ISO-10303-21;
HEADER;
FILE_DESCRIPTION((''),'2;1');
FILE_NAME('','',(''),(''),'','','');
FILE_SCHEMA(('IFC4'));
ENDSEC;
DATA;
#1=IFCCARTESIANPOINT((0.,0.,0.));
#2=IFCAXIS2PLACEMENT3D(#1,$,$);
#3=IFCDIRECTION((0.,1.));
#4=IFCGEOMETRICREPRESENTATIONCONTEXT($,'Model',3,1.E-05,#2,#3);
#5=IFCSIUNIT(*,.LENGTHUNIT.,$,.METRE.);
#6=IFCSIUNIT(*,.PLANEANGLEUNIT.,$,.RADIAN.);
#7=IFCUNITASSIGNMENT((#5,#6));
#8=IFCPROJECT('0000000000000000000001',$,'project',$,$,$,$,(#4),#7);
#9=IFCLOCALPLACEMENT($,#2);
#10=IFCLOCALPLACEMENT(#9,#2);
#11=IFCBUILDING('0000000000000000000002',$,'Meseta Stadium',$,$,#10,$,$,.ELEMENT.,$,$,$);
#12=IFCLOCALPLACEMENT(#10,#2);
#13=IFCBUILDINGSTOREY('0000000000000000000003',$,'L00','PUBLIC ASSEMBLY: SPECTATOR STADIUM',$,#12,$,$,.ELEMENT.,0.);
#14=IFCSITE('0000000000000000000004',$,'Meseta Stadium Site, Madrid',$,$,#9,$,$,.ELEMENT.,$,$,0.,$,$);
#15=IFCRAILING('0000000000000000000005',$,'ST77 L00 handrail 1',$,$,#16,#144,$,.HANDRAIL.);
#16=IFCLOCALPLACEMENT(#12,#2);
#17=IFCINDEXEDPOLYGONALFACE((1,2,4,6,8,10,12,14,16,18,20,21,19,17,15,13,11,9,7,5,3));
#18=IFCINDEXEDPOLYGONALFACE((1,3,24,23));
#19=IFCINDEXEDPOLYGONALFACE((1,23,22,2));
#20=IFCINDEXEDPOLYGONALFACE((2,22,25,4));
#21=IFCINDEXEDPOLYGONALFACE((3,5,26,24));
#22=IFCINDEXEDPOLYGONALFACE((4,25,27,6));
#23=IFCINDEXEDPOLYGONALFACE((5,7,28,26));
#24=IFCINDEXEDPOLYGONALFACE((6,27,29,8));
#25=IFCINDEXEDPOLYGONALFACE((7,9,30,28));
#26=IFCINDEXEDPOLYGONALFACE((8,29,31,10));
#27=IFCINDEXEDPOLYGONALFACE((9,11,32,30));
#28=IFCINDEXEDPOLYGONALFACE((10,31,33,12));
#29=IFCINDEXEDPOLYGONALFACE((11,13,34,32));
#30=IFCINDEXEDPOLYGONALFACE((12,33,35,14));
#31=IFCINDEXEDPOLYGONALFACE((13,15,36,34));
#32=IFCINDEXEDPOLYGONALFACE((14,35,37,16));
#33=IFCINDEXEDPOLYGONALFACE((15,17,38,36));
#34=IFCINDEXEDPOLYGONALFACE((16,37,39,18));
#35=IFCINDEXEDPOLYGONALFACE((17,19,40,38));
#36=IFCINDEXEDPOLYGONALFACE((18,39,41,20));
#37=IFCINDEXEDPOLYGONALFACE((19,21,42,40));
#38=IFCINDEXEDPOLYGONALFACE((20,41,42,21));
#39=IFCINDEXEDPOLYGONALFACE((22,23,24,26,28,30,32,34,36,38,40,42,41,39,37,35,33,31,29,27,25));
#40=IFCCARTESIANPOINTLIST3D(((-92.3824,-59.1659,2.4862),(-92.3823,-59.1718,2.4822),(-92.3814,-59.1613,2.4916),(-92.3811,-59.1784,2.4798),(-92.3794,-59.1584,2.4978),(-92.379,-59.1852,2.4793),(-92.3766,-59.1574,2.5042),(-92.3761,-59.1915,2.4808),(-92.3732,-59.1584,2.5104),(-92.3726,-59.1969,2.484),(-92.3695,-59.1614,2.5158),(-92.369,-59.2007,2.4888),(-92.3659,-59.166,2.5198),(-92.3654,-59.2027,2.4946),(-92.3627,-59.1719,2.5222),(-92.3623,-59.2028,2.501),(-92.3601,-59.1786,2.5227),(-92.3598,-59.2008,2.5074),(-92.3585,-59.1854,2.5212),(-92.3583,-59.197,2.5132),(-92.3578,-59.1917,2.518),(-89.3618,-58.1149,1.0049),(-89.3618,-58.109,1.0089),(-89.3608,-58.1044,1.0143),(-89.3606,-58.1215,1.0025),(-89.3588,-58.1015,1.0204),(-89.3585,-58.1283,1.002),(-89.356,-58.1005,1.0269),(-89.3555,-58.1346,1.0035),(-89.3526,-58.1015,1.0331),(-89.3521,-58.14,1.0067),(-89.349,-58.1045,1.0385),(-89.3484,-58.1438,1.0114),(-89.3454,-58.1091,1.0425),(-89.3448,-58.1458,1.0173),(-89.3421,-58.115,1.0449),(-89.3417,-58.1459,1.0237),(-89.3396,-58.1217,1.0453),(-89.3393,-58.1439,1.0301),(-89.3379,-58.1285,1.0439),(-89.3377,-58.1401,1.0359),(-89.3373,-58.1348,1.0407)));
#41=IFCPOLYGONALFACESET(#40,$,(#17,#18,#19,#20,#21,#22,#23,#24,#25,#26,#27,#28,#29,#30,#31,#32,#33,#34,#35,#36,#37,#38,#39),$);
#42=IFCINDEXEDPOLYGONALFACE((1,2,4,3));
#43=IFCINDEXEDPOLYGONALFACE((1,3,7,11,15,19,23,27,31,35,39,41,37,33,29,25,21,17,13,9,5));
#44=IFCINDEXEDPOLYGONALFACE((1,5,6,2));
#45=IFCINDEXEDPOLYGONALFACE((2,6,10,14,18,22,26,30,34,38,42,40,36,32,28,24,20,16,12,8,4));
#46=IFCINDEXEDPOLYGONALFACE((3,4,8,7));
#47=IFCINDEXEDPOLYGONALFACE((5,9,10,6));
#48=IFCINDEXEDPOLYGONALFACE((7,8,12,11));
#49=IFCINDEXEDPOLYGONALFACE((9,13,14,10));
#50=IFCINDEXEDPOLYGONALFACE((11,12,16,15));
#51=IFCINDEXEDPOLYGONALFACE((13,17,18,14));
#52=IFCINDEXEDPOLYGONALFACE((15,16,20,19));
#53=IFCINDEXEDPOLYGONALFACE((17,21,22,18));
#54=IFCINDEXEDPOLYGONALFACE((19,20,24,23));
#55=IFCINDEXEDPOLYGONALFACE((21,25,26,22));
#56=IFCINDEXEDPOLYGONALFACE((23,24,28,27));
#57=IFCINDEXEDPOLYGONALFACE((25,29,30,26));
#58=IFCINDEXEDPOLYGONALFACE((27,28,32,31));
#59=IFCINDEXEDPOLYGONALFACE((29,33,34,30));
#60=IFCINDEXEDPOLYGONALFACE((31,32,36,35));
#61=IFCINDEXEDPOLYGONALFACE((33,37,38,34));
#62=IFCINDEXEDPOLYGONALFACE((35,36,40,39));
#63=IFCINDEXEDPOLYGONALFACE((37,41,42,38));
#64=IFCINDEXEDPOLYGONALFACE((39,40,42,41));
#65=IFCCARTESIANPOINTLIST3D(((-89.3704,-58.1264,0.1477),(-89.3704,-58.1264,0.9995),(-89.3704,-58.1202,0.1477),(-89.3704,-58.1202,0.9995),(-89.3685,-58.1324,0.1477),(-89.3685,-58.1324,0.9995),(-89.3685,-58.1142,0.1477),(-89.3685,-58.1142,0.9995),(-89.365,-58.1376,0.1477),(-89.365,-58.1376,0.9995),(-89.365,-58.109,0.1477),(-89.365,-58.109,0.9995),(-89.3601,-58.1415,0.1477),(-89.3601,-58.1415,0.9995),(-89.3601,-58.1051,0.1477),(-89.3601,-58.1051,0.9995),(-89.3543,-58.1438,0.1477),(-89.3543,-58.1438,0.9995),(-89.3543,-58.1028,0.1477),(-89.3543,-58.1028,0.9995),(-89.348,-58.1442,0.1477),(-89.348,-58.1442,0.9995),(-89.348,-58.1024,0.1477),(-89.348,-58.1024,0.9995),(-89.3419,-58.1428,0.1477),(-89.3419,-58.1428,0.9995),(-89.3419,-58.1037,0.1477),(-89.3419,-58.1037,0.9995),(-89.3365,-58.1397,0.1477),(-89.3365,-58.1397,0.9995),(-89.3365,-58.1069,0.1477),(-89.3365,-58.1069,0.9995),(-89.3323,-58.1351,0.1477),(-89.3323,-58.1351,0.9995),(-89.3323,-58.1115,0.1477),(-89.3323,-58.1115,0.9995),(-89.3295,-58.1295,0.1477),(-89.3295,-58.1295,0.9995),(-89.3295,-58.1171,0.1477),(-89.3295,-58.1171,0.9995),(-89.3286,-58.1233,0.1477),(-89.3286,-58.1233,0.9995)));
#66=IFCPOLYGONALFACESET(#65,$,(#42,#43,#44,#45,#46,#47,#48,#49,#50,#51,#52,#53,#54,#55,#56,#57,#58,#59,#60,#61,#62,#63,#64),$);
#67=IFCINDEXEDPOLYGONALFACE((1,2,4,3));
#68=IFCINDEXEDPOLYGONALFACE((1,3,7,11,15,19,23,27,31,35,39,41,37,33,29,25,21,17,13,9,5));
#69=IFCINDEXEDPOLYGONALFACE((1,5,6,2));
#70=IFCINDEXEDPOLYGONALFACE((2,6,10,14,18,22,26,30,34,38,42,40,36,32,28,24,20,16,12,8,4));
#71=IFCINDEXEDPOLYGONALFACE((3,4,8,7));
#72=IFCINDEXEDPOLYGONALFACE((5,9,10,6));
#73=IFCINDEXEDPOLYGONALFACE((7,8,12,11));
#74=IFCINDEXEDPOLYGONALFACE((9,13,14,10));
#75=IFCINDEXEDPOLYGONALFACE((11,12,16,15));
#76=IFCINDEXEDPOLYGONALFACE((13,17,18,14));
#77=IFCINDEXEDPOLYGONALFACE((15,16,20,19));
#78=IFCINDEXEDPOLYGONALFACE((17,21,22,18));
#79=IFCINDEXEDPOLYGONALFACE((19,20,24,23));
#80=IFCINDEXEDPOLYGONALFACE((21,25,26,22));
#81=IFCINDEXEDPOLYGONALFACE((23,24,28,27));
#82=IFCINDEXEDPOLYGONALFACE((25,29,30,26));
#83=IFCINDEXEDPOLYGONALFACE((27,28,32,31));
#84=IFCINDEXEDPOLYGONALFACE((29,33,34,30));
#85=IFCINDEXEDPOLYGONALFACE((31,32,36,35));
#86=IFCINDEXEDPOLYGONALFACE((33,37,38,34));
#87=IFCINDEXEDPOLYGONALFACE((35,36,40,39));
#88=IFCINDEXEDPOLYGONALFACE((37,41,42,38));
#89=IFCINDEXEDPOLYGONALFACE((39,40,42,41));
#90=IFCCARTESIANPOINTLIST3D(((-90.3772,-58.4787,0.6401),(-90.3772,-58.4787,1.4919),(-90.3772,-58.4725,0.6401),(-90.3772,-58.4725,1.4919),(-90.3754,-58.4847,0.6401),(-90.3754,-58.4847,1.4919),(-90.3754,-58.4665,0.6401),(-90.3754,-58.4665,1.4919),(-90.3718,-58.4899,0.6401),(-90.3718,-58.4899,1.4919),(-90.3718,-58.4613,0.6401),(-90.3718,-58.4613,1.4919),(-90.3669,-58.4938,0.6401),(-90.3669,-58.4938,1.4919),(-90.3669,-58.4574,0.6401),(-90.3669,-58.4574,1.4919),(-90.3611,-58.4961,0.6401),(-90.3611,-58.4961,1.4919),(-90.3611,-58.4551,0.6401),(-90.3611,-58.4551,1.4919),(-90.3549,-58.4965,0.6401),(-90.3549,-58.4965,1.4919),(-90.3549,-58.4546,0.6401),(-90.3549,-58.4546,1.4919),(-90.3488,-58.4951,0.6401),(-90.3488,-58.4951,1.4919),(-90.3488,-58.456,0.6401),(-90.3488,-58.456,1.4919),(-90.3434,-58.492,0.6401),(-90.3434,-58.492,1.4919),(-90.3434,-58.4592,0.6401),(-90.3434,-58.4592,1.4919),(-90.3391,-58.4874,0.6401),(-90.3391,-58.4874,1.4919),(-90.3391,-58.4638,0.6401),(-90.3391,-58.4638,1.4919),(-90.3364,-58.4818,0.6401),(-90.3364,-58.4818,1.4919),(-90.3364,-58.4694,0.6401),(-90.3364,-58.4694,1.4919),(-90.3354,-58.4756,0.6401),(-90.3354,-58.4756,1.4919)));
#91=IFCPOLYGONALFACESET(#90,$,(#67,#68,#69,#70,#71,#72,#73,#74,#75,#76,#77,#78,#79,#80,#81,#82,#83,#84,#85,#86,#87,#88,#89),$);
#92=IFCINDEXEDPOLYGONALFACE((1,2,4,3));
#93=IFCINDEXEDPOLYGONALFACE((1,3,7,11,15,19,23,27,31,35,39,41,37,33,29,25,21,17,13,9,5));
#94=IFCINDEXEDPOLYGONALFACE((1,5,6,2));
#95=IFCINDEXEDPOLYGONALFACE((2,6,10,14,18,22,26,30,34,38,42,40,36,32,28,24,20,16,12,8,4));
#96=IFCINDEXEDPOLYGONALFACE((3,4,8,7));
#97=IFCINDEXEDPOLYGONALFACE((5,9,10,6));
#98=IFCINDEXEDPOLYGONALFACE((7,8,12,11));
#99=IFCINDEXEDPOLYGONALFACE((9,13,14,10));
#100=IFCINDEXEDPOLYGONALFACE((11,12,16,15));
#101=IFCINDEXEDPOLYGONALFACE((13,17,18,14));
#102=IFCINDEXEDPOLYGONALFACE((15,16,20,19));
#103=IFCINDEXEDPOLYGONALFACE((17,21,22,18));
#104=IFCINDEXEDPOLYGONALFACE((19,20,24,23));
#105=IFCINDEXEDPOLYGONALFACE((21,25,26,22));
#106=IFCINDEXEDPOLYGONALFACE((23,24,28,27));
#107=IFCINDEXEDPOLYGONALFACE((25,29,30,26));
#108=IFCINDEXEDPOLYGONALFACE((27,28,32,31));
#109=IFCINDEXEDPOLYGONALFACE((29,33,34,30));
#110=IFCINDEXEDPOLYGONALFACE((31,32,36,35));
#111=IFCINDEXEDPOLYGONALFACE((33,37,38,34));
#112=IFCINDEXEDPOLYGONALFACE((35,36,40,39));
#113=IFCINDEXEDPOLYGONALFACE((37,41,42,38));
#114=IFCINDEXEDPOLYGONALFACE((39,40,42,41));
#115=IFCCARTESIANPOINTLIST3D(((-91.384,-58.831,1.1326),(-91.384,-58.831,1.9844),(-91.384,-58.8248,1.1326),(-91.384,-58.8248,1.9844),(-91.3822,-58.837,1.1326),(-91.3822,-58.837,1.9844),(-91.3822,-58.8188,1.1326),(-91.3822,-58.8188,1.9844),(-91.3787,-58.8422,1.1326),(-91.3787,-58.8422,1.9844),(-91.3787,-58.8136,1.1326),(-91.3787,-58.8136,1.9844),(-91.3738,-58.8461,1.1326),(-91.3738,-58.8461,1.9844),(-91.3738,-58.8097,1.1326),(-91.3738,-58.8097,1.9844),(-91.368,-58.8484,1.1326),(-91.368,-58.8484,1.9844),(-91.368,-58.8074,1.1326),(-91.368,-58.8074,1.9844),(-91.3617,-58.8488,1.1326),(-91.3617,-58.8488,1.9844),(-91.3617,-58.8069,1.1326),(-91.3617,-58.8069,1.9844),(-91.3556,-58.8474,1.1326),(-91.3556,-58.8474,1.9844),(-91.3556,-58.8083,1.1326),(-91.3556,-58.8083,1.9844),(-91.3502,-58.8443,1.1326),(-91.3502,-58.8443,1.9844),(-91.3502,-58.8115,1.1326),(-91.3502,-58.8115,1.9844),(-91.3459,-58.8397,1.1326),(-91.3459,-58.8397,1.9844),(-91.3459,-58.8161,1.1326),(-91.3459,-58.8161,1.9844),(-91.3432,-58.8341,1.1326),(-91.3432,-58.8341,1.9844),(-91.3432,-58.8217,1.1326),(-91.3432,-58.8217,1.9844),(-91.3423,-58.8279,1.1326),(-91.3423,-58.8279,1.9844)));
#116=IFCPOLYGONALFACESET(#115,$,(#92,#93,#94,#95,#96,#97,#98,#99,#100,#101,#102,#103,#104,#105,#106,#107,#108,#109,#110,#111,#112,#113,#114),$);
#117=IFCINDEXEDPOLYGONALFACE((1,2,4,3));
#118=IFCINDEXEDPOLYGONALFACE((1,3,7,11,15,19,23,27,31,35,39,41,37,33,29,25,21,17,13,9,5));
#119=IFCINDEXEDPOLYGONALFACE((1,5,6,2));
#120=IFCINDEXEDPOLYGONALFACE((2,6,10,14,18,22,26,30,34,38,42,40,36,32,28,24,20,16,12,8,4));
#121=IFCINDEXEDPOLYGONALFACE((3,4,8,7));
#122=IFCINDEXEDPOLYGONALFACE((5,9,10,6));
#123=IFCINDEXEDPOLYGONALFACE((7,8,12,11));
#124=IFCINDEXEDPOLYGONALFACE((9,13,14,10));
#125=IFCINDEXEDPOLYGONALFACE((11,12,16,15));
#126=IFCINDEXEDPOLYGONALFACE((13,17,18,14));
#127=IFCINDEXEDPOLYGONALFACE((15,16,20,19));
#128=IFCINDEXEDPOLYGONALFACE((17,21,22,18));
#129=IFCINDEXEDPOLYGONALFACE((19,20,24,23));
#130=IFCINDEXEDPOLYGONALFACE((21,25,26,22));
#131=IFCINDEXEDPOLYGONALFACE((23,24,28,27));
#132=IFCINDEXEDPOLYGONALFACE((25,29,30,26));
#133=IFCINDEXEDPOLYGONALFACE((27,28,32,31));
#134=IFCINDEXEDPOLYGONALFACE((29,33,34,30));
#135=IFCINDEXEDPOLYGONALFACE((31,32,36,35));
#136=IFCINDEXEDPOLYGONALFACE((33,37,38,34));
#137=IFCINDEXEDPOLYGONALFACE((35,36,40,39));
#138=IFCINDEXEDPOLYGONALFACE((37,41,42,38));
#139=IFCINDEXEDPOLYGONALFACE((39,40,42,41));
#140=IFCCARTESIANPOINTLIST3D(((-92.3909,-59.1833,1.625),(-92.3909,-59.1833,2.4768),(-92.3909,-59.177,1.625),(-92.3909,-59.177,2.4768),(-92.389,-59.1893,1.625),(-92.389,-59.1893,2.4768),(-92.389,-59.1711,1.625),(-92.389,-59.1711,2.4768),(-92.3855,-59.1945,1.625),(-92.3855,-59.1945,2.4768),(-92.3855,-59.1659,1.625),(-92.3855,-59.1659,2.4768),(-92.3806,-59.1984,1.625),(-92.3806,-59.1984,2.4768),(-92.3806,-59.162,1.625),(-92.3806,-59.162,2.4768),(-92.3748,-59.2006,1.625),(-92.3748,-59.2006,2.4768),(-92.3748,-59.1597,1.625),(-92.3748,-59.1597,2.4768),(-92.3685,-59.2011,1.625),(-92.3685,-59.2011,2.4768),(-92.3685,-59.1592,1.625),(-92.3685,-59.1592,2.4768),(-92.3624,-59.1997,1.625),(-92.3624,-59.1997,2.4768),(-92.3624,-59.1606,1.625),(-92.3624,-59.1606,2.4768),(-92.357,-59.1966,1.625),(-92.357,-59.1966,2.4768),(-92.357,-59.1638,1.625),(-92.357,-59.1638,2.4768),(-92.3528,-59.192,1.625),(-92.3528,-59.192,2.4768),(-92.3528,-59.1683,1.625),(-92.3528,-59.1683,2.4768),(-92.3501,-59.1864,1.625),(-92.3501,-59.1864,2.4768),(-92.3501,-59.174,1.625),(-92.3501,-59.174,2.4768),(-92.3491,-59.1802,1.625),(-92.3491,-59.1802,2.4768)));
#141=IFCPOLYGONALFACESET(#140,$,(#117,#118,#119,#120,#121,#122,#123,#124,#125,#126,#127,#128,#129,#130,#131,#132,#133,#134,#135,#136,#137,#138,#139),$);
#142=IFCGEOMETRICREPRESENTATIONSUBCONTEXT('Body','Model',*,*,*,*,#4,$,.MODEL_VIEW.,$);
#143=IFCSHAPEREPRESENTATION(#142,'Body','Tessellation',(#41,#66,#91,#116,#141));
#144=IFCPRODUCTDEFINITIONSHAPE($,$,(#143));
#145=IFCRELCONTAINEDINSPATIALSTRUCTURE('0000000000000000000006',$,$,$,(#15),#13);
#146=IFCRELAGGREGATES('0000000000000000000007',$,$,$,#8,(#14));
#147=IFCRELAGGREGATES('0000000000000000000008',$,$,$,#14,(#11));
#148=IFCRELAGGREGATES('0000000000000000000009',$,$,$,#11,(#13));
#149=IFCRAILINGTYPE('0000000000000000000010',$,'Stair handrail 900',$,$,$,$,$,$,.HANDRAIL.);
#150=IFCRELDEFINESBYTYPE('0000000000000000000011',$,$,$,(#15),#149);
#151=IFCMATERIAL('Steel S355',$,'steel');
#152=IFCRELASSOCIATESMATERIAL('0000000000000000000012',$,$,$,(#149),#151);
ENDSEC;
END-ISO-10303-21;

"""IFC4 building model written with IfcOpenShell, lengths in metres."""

from ifc_helpers import new_model, si_unit, direction, frame, origin, origin_2d, place, context, subcontext, project, spatial, circle, extrude, material, type_object, element, save


model = new_model("IFC4")

# Units and contexts
model_context = context("Model", 3, precision=1e-05, world=origin(), true_north=direction((0.0, 1.0)))
body_context = subcontext(model_context, "Body", "Model", "MODEL_VIEW")
ifc_project = project(units=[si_unit("LENGTHUNIT", "METRE"), si_unit("PLANEANGLEUNIT", "RADIAN")], contexts=[model_context])

# Site, building, storey
site_placement = place(None, origin())
site = spatial("IfcSite", under=ifc_project, at=site_placement, Name="Meseta Stadium Site, Madrid", CompositionType="ELEMENT", RefElevation=0.0)
building_placement = place(site_placement, origin())
building = spatial("IfcBuilding", under=site, at=building_placement, Name="Meseta Stadium", CompositionType="ELEMENT")
storey_placement = place(building_placement, origin())
storey = spatial("IfcBuildingStorey", under=building, at=storey_placement, Name="L00", Description="PUBLIC ASSEMBLY: SPECTATOR STADIUM", CompositionType="ELEMENT", Elevation=0.0)

# Railing
ifc_material_1 = material(Name="Steel S355", Category="steel")
railing_type_1 = type_object("IfcRailingType", Name="Stair handrail 900", PredefinedType="HANDRAIL", material=ifc_material_1)
for number, where, name in (
    (1, (-89.3496, -58.1233, 0.1477), "ST77 L00 handrail 1"),
):
    element("IfcRailing", number, at=place(storey_placement, frame(where)), inside=storey, type_object=railing_type_1, Name=name, PredefinedType="HANDRAIL", context=body_context, shape_type="SweptSolid", body=[
        extrude(circle(Radius=0.0239, at=origin_2d()), frame((0.0, 0.0, 0.876), z_axis=(-0.856977, -0.299859, 0.419137), x_axis=(0.330269, -0.943887, 0.0)), (0.0, 0.0, 1.0), 3.5247),
        extrude(circle(Radius=0.021, at=origin_2d()), origin(), (0.0, 0.0, 1.0), 0.8518),
        extrude(circle(Radius=0.021, at=origin_2d()), frame((-1.0068, -0.3523, 0.4924)), (0.0, 0.0, 1.0), 0.8518),
        extrude(circle(Radius=0.021, at=origin_2d()), frame((-2.0137, -0.7046, 0.9849)), (0.0, 0.0, 1.0), 0.8518),
        extrude(circle(Radius=0.021, at=origin_2d()), frame((-3.0205, -1.0569, 1.4773)), (0.0, 0.0, 1.0), 0.8518),
    ])

save(model, "model.ifc")
